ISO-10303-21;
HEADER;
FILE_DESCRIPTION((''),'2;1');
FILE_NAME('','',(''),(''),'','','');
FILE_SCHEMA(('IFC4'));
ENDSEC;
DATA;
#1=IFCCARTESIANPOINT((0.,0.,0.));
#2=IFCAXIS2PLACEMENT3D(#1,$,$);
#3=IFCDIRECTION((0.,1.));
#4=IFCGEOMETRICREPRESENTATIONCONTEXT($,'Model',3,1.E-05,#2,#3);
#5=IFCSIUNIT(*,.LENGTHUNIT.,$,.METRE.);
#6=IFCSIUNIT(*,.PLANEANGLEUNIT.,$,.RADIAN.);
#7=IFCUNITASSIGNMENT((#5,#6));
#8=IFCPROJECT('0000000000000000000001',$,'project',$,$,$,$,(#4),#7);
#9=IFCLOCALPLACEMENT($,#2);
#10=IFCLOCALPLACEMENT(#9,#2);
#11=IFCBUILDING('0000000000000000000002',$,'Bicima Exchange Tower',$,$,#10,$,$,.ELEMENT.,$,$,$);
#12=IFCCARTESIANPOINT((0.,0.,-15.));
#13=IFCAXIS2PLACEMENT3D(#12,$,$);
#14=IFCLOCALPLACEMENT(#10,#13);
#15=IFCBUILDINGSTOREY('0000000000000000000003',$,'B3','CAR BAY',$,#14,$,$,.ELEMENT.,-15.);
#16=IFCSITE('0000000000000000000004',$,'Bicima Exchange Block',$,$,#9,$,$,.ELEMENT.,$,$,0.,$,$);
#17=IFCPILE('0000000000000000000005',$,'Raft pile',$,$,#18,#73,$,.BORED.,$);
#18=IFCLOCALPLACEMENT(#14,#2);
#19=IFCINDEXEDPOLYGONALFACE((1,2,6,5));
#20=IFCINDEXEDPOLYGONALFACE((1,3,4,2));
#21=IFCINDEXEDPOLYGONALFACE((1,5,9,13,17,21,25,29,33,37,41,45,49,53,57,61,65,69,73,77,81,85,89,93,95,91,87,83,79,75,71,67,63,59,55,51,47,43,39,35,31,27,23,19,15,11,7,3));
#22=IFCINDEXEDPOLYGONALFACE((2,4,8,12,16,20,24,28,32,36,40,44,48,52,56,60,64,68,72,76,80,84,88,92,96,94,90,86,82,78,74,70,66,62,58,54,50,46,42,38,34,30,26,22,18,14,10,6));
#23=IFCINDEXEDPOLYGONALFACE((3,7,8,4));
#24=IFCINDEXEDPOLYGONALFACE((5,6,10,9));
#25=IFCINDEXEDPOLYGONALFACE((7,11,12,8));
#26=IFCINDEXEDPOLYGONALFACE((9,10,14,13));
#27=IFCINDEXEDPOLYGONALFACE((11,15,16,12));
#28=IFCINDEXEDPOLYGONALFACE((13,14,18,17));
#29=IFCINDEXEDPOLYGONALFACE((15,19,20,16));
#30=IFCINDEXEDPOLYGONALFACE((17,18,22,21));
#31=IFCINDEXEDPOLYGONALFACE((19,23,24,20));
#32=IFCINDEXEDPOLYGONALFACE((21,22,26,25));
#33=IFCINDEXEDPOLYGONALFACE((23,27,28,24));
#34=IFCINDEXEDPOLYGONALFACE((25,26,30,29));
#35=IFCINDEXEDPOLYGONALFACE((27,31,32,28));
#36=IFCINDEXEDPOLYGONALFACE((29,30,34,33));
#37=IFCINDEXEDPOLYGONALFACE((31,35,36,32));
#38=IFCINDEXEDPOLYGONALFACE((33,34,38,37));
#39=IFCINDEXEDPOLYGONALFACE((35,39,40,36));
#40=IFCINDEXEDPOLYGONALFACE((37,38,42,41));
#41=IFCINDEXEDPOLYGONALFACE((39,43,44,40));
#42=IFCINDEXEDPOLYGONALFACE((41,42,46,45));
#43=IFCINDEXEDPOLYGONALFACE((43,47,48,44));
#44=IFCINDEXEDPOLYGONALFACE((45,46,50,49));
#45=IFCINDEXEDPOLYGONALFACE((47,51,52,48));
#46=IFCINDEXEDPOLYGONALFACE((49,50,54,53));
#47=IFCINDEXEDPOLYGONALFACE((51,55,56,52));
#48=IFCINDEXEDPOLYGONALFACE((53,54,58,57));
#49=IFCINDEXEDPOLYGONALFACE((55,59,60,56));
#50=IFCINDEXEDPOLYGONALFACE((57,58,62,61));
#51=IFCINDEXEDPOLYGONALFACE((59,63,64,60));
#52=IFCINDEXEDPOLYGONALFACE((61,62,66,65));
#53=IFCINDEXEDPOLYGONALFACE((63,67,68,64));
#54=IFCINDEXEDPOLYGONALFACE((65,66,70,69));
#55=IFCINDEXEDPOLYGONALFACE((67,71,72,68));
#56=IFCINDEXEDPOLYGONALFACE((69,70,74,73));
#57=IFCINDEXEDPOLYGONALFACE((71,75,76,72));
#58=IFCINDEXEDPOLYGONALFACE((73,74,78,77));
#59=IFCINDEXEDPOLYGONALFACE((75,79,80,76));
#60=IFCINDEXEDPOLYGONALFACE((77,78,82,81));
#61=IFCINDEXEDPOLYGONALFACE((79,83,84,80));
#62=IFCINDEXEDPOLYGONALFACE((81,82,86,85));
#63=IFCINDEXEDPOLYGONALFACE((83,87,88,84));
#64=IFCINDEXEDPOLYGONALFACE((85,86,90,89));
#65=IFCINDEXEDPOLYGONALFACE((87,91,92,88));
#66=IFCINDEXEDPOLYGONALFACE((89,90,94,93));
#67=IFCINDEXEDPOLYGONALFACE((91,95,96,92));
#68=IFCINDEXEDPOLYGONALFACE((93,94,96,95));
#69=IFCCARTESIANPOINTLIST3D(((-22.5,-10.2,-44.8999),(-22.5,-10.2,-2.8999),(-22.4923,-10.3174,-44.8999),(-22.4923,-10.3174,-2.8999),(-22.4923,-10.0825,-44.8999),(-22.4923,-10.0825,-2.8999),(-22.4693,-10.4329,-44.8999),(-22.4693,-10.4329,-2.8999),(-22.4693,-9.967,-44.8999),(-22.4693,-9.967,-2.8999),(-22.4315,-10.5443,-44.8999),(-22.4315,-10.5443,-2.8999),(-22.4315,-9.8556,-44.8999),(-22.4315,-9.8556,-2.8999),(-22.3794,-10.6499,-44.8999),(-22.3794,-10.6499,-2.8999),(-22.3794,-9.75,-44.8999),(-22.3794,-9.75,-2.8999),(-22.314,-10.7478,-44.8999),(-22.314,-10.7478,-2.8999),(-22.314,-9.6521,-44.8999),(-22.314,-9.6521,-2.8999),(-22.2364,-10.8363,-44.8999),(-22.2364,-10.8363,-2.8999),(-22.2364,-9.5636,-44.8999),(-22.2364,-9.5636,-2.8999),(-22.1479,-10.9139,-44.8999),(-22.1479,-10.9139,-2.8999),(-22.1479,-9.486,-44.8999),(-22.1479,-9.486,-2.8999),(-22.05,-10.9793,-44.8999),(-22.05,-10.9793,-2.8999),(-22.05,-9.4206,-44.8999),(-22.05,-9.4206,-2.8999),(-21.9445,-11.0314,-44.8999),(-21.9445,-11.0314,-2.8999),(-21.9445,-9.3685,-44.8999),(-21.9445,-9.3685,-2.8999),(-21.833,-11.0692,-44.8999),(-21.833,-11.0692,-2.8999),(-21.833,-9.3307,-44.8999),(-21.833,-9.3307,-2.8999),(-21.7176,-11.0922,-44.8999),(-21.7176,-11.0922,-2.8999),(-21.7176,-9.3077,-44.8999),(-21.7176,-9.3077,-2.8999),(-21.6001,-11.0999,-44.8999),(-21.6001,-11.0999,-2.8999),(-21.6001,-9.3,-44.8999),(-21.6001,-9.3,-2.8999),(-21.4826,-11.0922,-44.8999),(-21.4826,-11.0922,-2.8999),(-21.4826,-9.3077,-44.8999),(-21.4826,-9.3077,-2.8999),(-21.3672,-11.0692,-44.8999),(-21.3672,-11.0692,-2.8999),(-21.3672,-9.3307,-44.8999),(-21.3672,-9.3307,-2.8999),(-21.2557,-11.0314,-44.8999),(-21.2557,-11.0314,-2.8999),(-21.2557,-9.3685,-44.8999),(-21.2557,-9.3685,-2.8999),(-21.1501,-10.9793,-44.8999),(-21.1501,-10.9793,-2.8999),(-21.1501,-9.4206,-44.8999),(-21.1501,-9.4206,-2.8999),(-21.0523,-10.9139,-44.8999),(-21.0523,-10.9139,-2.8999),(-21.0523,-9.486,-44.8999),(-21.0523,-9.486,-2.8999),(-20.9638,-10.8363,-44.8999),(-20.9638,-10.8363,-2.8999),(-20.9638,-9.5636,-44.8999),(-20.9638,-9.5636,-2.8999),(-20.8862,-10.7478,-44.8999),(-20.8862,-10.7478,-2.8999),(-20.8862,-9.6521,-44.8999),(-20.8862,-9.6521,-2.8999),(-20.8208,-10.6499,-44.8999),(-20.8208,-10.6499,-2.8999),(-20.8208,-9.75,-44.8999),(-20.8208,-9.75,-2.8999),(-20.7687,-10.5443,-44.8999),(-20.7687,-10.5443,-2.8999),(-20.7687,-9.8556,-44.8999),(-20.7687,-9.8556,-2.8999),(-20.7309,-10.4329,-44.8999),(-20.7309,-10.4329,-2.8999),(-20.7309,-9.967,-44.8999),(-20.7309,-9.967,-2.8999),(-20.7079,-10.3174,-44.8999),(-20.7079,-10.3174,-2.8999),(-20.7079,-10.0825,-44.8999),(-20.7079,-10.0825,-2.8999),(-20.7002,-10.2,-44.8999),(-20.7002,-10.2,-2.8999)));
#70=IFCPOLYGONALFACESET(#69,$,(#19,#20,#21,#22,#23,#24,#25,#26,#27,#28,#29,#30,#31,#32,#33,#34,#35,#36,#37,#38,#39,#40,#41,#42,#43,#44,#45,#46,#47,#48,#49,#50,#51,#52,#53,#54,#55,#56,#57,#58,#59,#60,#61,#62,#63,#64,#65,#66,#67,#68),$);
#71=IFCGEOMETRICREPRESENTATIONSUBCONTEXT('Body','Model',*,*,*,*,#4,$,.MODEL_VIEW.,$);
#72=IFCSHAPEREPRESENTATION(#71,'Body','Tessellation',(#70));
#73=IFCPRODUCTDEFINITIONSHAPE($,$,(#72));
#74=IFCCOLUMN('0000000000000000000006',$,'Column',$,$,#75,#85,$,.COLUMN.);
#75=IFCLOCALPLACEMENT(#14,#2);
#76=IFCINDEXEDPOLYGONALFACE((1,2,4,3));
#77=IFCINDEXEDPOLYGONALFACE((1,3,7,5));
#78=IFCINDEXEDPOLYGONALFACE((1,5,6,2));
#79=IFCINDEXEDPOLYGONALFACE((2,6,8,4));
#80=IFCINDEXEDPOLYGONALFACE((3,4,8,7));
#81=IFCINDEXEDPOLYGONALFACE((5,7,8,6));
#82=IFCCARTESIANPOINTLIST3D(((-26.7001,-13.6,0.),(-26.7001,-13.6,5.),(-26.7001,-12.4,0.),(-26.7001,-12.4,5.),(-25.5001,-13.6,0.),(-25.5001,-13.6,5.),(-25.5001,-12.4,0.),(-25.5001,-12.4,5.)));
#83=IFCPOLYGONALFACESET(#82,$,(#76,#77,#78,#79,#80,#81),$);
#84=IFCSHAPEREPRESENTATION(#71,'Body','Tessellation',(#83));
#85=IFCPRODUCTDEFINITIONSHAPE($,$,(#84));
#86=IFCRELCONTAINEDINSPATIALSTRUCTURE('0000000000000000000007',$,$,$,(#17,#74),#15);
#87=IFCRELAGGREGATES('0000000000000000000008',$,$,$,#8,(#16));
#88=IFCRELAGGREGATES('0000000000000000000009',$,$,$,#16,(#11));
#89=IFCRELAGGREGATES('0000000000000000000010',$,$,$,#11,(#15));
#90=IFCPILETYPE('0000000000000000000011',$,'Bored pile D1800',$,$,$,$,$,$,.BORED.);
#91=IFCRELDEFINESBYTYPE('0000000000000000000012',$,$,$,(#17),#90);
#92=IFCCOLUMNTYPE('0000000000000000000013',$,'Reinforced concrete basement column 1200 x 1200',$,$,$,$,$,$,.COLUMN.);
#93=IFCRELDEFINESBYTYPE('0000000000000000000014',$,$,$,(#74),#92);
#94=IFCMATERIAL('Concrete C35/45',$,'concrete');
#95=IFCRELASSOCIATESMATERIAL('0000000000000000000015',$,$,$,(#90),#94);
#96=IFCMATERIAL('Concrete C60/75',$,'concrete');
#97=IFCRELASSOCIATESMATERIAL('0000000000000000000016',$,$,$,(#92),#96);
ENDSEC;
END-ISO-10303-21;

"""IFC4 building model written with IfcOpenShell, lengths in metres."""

from ifc_helpers import new_model, si_unit, direction, frame, origin, origin_2d, place, context, subcontext, project, spatial, rectangle, circle, extrude, material, material_profile, profile_set, type_object, element, save


model = new_model("IFC4")

# Units and contexts
model_context = context("Model", 3, precision=1e-05, world=origin(), true_north=direction((0.0, 1.0)))
body_context = subcontext(model_context, "Body", "Model", "MODEL_VIEW")
ifc_project = project(units=[si_unit("LENGTHUNIT", "METRE"), si_unit("PLANEANGLEUNIT", "RADIAN")], contexts=[model_context])

# Site, building, storey
site_placement = place(None, origin())
site = spatial("IfcSite", under=ifc_project, at=site_placement, Name="Bicima Exchange Block", CompositionType="ELEMENT", RefElevation=0.0)
building_placement = place(site_placement, origin())
building = spatial("IfcBuilding", under=site, at=building_placement, Name="Bicima Exchange Tower", CompositionType="ELEMENT")
storey_placement = place(building_placement, frame((0.0, 0.0, -15.0)))
storey = spatial("IfcBuildingStorey", under=building, at=storey_placement, Name="B3", Description="CAR BAY", CompositionType="ELEMENT", Elevation=-15.0)

# Pile
ifc_material_1 = material(Name="Concrete C35/45", Category="concrete")
ifc_material_profile_1 = material_profile(ifc_material_1, circle(Radius=0.8999, at=origin_2d()))
ifc_profile_set_1 = profile_set([ifc_material_profile_1], Name="Concrete C35/45")
pile_type = type_object("IfcPileType", Name="Bored pile D1800", PredefinedType="BORED", material=ifc_profile_set_1)
for number, where, z_axis, x_axis, name in (
    (1, (-21.6001, -10.2, -2.8999), (0.0, 0.0, -1.0), (1.0, 0.0, 0.0), "Raft pile"),
):
    element("IfcPile", number, at=place(storey_placement, frame(where, z_axis=z_axis, x_axis=x_axis)), inside=storey, type_object=pile_type, Name=name, PredefinedType="BORED", context=body_context, shape_type="SweptSolid", body=[
        extrude(circle(Radius=0.8999, at=origin_2d()), origin(), (0.0, 0.0, 1.0), 42.0),
    ])

# Column
ifc_material_2 = material(Name="Concrete C60/75", Category="concrete")
ifc_material_profile_2 = material_profile(ifc_material_2, rectangle(XDim=1.2, YDim=1.2, at=origin_2d()))
ifc_profile_set_2 = profile_set([ifc_material_profile_2], Name="Concrete C60/75")
column_type = type_object("IfcColumnType", Name="Reinforced concrete basement column 1200 x 1200", PredefinedType="COLUMN", material=ifc_profile_set_2)
column_placement = place(storey_placement, frame((-26.1001, -13.0, 0.0), z_axis=(0.0, 0.0, 1.0), x_axis=(1.0, 0.0, 0.0)))
element("IfcColumn", 2, at=column_placement, inside=storey, type_object=column_type, Name="Column", PredefinedType="COLUMN", context=body_context, shape_type="SweptSolid", body=[
    extrude(rectangle(XDim=1.2, YDim=1.2, at=origin_2d()), origin(), (0.0, 0.0, 1.0), 5.0),
])

save(model, "model.ifc")
